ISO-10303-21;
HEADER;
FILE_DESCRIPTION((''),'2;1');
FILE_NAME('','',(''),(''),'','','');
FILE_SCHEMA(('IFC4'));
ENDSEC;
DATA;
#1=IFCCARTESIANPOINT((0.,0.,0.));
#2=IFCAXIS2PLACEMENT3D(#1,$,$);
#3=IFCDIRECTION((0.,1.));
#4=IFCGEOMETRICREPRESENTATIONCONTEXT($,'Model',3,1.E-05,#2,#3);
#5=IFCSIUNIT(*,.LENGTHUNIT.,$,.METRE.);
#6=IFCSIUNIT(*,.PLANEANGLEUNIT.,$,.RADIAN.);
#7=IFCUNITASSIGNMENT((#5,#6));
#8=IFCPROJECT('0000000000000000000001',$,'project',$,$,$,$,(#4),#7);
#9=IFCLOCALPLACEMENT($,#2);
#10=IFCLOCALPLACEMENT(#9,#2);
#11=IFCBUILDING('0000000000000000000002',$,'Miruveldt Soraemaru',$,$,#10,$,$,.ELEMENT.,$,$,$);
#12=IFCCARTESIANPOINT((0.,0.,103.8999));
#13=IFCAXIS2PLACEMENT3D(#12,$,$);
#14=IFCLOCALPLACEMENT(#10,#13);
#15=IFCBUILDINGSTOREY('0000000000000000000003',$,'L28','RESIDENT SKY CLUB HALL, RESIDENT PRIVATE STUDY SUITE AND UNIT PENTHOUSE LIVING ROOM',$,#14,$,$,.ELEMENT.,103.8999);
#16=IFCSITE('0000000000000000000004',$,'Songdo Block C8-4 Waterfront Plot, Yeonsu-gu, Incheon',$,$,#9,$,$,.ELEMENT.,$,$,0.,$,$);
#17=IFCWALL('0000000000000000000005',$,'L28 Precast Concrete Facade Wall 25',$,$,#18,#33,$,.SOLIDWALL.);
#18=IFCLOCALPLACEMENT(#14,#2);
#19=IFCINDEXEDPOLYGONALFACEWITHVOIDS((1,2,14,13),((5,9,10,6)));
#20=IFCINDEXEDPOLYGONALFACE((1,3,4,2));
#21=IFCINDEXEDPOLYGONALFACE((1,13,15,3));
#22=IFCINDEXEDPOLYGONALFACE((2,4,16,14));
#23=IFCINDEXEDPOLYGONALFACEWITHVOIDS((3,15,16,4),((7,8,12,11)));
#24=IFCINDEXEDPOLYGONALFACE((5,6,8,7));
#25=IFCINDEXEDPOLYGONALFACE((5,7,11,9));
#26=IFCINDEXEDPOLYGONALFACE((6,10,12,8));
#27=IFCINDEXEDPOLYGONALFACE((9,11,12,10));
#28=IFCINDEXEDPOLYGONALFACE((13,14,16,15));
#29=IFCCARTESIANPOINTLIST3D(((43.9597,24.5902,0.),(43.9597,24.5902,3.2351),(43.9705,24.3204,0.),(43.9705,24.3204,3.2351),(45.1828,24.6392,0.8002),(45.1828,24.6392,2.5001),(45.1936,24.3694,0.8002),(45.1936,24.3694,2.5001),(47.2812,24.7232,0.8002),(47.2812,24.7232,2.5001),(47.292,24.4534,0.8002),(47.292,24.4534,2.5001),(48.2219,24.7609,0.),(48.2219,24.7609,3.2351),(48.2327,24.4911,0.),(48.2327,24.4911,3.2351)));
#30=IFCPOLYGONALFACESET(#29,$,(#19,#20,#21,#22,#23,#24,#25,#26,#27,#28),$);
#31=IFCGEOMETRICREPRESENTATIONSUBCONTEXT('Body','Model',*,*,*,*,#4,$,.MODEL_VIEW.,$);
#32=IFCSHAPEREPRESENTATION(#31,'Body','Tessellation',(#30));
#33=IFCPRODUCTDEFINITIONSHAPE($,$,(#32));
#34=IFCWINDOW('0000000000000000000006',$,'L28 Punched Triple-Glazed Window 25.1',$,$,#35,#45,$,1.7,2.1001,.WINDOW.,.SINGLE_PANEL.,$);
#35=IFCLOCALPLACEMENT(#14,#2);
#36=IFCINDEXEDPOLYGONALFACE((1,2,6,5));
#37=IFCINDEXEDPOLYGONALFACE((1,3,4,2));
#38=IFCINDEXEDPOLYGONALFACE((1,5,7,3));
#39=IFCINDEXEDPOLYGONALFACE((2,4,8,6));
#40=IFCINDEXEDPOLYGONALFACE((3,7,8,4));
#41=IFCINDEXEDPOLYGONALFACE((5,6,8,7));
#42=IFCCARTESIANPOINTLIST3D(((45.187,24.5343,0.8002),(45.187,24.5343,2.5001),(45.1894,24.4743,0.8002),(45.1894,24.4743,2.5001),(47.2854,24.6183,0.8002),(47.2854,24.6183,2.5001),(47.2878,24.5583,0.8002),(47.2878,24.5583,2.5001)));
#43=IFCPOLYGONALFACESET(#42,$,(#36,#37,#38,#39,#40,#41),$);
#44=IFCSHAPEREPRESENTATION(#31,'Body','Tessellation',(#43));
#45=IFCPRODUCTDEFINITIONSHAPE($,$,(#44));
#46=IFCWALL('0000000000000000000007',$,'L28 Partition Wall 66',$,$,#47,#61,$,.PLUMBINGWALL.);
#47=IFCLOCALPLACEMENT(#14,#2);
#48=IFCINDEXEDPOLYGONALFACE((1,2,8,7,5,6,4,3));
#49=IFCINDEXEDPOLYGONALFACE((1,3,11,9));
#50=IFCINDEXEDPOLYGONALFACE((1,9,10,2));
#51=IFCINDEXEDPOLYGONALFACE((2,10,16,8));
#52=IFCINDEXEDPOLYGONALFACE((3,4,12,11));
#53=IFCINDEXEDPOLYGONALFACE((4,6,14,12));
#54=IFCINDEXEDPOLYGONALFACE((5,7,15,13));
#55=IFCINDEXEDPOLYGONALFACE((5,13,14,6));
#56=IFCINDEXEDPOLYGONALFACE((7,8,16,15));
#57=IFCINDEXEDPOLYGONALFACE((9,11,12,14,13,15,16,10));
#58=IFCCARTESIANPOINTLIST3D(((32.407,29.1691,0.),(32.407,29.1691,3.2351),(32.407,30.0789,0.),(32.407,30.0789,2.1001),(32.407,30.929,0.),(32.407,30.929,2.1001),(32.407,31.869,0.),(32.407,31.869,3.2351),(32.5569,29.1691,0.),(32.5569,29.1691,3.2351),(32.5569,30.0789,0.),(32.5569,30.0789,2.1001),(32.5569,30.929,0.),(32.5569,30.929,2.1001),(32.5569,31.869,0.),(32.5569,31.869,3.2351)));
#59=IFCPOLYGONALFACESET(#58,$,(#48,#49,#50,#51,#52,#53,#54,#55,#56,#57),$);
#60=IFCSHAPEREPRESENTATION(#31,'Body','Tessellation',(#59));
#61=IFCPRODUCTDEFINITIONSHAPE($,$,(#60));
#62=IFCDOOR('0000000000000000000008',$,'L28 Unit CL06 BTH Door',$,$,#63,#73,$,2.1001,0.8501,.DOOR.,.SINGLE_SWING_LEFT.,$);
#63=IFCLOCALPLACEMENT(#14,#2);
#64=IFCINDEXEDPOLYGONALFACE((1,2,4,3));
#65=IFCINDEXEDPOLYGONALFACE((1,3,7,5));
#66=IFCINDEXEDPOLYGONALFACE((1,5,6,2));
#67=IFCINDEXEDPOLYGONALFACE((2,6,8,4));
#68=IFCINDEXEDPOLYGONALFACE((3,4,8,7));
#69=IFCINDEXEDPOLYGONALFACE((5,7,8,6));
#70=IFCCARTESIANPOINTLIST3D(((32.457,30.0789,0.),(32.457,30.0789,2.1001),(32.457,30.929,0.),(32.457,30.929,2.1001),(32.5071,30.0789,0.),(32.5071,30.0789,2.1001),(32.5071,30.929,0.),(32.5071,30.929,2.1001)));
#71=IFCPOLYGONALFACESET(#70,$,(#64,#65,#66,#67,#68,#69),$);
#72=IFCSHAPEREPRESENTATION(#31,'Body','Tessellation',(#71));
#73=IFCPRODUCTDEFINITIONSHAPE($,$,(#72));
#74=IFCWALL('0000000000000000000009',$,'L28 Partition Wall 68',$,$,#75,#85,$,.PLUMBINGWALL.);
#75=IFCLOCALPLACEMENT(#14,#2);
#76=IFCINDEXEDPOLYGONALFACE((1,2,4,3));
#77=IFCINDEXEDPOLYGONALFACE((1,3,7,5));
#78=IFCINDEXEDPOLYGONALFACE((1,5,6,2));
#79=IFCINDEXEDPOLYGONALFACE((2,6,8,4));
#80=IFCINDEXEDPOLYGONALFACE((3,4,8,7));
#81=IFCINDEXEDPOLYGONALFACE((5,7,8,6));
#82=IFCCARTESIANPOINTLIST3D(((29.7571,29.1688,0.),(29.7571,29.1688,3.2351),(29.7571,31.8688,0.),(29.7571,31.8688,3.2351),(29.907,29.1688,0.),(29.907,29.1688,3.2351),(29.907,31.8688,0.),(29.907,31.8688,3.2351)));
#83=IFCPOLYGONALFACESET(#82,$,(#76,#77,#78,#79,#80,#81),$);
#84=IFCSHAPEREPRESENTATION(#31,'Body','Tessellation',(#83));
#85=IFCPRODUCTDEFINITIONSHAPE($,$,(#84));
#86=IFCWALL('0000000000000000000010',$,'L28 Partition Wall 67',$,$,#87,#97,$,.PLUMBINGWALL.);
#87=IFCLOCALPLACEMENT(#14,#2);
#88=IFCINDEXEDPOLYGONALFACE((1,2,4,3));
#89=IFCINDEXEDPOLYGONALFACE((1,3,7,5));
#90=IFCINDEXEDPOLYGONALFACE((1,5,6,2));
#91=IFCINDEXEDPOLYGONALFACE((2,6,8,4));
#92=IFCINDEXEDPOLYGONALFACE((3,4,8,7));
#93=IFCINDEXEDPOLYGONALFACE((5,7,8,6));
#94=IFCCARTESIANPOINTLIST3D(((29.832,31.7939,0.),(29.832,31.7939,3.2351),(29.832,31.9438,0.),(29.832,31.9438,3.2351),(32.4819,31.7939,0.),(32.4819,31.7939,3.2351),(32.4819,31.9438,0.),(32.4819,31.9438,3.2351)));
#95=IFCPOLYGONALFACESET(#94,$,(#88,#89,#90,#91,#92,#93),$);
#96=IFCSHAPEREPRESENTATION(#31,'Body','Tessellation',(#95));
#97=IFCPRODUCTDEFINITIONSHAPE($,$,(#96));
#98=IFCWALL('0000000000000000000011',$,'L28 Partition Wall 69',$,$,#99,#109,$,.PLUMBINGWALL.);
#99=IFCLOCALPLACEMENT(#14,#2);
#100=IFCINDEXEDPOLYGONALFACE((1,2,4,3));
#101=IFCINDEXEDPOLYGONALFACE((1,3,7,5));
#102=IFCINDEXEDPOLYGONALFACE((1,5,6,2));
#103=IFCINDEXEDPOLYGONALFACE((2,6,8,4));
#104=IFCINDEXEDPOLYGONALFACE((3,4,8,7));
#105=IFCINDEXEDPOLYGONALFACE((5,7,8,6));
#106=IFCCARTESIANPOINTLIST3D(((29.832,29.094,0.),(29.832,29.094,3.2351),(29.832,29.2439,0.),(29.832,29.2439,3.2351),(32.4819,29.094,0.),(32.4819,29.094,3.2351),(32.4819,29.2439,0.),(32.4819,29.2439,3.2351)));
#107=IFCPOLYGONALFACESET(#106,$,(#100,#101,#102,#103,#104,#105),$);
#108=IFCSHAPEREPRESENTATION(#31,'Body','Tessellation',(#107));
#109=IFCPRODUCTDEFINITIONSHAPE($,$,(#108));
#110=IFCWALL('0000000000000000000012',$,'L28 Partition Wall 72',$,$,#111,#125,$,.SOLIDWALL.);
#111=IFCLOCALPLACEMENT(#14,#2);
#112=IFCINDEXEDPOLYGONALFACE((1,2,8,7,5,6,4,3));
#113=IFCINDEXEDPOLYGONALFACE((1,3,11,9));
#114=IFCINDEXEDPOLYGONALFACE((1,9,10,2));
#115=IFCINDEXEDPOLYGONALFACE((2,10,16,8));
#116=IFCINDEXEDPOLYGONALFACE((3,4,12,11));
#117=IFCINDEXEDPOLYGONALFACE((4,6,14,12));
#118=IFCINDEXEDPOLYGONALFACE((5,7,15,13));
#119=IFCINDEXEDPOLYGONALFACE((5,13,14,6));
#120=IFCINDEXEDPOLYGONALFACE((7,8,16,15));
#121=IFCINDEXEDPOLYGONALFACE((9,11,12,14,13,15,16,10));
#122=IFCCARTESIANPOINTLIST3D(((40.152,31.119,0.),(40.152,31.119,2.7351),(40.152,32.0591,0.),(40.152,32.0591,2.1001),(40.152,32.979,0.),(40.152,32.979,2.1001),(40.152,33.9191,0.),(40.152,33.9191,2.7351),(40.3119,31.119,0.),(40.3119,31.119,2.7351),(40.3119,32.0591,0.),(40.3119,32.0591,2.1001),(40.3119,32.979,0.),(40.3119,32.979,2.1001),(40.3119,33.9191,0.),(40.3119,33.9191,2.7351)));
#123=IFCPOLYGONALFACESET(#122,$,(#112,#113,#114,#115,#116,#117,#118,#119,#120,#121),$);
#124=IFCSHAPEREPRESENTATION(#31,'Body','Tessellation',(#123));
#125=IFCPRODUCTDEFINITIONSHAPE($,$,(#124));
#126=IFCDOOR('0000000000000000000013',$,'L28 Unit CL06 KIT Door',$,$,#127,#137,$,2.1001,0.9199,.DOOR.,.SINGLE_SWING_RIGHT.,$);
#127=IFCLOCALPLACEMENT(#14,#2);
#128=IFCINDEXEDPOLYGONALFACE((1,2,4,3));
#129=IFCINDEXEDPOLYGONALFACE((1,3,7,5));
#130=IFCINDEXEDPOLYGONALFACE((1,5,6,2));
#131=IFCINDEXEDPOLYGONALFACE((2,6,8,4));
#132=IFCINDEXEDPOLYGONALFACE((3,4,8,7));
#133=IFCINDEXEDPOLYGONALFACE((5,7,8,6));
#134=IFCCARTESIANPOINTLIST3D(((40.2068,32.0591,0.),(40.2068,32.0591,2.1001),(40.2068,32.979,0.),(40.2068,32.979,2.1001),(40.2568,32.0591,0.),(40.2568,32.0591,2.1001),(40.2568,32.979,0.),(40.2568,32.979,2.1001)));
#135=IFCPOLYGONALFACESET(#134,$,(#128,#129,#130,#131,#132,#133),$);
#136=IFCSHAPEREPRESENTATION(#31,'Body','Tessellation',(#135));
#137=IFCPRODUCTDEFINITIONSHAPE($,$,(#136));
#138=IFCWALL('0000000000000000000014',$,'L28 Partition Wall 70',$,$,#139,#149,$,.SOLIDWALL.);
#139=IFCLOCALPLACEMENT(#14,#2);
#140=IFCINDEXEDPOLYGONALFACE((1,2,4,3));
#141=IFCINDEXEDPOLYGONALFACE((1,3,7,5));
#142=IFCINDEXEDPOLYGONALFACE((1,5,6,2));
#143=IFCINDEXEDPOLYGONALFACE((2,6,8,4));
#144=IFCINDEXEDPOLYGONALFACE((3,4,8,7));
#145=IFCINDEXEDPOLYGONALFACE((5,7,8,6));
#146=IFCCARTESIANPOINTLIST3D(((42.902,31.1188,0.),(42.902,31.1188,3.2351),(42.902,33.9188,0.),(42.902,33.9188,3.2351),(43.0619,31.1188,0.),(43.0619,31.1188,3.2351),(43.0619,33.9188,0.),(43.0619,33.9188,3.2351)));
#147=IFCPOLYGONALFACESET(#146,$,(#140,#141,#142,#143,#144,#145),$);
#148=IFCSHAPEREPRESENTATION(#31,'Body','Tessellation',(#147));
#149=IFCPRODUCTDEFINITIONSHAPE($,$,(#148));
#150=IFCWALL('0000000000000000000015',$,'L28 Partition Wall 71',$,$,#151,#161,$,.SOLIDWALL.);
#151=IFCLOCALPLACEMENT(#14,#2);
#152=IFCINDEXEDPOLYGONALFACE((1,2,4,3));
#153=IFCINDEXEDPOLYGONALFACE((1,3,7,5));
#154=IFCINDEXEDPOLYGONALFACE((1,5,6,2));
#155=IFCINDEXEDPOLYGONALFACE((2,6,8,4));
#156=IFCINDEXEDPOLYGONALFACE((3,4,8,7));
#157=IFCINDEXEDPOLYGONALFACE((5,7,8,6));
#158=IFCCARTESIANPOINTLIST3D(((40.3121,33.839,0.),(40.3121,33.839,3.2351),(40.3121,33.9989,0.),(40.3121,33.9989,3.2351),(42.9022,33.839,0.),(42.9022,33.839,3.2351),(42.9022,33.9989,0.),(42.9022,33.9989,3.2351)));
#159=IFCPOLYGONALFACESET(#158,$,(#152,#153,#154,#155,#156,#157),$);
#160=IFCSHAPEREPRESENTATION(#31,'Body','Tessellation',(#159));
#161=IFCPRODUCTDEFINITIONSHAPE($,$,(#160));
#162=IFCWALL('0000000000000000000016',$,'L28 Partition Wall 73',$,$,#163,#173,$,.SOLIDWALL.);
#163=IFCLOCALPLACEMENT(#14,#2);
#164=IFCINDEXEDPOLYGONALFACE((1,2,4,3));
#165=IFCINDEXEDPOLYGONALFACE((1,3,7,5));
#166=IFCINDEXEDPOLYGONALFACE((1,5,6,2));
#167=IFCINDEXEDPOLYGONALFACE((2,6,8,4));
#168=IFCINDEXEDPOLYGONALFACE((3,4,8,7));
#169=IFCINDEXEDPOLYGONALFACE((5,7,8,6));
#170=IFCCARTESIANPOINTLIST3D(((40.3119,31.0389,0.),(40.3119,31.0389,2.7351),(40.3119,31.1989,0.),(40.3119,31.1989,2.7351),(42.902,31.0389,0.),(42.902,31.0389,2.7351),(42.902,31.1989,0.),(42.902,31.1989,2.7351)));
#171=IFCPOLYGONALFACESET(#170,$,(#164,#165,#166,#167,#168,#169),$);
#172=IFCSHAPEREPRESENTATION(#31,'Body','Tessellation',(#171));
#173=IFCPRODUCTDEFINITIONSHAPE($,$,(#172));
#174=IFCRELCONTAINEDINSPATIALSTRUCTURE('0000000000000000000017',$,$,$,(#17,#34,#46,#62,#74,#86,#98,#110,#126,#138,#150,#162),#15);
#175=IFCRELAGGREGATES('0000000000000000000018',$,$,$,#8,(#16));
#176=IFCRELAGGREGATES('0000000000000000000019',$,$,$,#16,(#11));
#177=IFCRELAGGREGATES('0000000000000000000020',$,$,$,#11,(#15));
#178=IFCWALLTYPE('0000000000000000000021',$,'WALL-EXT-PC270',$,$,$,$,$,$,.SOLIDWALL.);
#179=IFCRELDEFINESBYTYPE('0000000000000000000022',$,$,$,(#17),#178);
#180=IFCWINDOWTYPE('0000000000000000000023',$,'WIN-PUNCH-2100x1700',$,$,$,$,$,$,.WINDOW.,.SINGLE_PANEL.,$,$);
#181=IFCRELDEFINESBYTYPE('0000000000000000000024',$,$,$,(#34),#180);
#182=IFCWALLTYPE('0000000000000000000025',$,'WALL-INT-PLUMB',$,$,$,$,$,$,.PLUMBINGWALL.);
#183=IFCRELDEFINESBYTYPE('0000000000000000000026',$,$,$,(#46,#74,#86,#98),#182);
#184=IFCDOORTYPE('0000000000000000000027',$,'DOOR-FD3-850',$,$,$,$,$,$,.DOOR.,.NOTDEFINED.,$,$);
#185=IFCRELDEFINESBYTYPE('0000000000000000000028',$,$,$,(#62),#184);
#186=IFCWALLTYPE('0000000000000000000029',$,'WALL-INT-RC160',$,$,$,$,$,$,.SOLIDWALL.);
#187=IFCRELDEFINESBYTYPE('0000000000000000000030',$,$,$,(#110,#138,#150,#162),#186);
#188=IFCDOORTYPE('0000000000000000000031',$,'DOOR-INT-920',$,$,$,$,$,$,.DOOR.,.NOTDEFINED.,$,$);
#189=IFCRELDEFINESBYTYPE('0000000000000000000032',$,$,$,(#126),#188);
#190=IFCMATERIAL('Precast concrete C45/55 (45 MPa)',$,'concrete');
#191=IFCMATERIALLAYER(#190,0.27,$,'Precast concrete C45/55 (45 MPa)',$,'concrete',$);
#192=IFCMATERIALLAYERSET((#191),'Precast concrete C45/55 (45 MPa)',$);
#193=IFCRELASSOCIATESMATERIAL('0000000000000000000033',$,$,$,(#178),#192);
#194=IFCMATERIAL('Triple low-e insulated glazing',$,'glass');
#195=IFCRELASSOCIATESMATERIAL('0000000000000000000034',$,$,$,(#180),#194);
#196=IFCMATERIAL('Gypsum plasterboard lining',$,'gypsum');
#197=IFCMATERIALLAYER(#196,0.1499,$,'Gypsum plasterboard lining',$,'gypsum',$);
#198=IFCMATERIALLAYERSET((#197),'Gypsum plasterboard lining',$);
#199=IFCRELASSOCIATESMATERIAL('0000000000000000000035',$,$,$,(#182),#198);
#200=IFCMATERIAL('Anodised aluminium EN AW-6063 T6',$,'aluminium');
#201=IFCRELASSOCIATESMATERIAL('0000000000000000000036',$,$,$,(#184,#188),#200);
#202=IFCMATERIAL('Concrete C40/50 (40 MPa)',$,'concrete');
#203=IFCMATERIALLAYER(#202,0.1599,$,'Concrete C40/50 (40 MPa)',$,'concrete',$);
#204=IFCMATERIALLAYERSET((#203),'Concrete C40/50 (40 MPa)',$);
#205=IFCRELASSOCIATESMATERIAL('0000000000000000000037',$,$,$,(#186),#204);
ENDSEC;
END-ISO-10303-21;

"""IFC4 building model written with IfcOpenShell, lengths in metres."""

from ifc_helpers import new_model, si_unit, direction, frame, frame_2d, origin, place, context, subcontext, project, spatial, rectangle, extrude, material, layer, layer_set, type_object, element, fill, save


model = new_model("IFC4")

# Units and contexts
model_context = context("Model", 3, precision=1e-05, world=origin(), true_north=direction((0.0, 1.0)))
body_context = subcontext(model_context, "Body", "Model", "MODEL_VIEW")
ifc_project = project(units=[si_unit("LENGTHUNIT", "METRE"), si_unit("PLANEANGLEUNIT", "RADIAN")], contexts=[model_context])

# Site, building, storey
site_placement = place(None, origin())
site = spatial("IfcSite", under=ifc_project, at=site_placement, Name="Songdo Block C8-4 Waterfront Plot, Yeonsu-gu, Incheon", CompositionType="ELEMENT", RefElevation=0.0)
building_placement = place(site_placement, origin())
building = spatial("IfcBuilding", under=site, at=building_placement, Name="Miruveldt Soraemaru", CompositionType="ELEMENT")
storey_placement = place(building_placement, frame((0.0, 0.0, 103.8999)))
storey = spatial("IfcBuildingStorey", under=building, at=storey_placement, Name="L28", Description="RESIDENT SKY CLUB HALL, RESIDENT PRIVATE STUDY SUITE AND UNIT PENTHOUSE LIVING ROOM", CompositionType="ELEMENT", Elevation=103.8999)

# Wall, opening, window
ifc_material_1 = material(Name="Precast concrete C45/55 (45 MPa)", Category="concrete")
ifc_layer_1 = layer(ifc_material_1, 0.27, Name="Precast concrete C45/55 (45 MPa)", Category="concrete")
ifc_layer_set_1 = layer_set([ifc_layer_1], Name="Precast concrete C45/55 (45 MPa)")
wall_type_1 = type_object("IfcWallType", Name="WALL-EXT-PC270", PredefinedType="SOLIDWALL", material=ifc_layer_set_1)
ifc_material_2 = material(Name="Triple low-e insulated glazing", Category="glass")
window_type = type_object("IfcWindowType", Name="WIN-PUNCH-2100x1700", PartitioningType="SINGLE_PANEL", PredefinedType="WINDOW", material=ifc_material_2)
wall_1_placement = place(storey_placement, frame((43.9651, 24.4553, 0.0), z_axis=(0.0, 0.0, 1.0), x_axis=(0.999199, 0.040007, 0.0)))
wall_1 = element("IfcWall", 1, at=wall_1_placement, inside=storey, type_object=wall_type_1, Name="L28 Precast Concrete Facade Wall 25", PredefinedType="SOLIDWALL", context=body_context, shape_type="SweptSolid", body=[
    extrude(rectangle(XDim=4.2656, YDim=0.27, at=frame_2d((2.1328, 0.0))), origin(), (0.0, 0.0, 1.0), 3.2351),
])
opening_1_placement = place(wall_1_placement, frame((1.2241, 0.0, 0.8)))
opening_1 = element("IfcOpeningElement", 2, at=opening_1_placement, cuts=wall_1, PredefinedType="OPENING", context=body_context, shape_type="SweptSolid", body=[
    extrude(rectangle(XDim=2.1001, YDim=1.7, at=frame_2d((1.05, 0.8501))), frame((0.0, 0.145, 0.0), z_axis=(0.0, -1.0, 0.0), x_axis=(1.0, 0.0, 0.0)), (0.0, 0.0, 1.0), 0.29),
])
window_1_placement = place(opening_1_placement, origin())
window_1 = element("IfcWindow", 3, at=window_1_placement, inside=storey, type_object=window_type, Name="L28 Punched Triple-Glazed Window 25.1", OverallHeight=1.7, OverallWidth=2.1001, PartitioningType="SINGLE_PANEL", PredefinedType="WINDOW", context=body_context, shape_type="SweptSolid", body=[
    extrude(rectangle(XDim=2.1001, YDim=1.7, at=frame_2d((1.05, 0.8501))), frame((0.0, 0.03, 0.0), z_axis=(0.0, -1.0, 0.0), x_axis=(1.0, 0.0, 0.0)), (0.0, 0.0, 1.0), 0.0601),
])
fill(opening_1, window_1)

# Wall, opening, door
ifc_material_3 = material(Name="Gypsum plasterboard lining", Category="gypsum")
ifc_layer_2 = layer(ifc_material_3, 0.1499, Name="Gypsum plasterboard lining", Category="gypsum")
ifc_layer_set_2 = layer_set([ifc_layer_2], Name="Gypsum plasterboard lining")
wall_type_2 = type_object("IfcWallType", Name="WALL-INT-PLUMB", PredefinedType="PLUMBINGWALL", material=ifc_layer_set_2)
wall_2_placement = place(storey_placement, frame((32.4819, 29.1689, 0.0), z_axis=(0.0, 0.0, 1.0), x_axis=(0.0, 1.0, 0.0)))
wall_2 = element("IfcWall", 4, at=wall_2_placement, inside=storey, type_object=wall_type_2, Name="L28 Partition Wall 66", PredefinedType="PLUMBINGWALL", context=body_context, shape_type="SweptSolid", body=[
    extrude(rectangle(XDim=2.7, YDim=0.1499, at=frame_2d((1.3501, 0.0))), origin(), (0.0, 0.0, 1.0), 3.2351),
])
opening_2_placement = place(wall_2_placement, frame((0.9099, 0.0, 0.0)))
opening_2 = element("IfcOpeningElement", 5, at=opening_2_placement, cuts=wall_2, PredefinedType="OPENING", context=body_context, shape_type="SweptSolid", body=[
    extrude(rectangle(XDim=0.8501, YDim=2.1001, at=frame_2d((0.425, 1.05))), frame((0.0, 0.085, 0.0), z_axis=(0.0, -1.0, 0.0), x_axis=(1.0, 0.0, 0.0)), (0.0, 0.0, 1.0), 0.1699),
])
ifc_material_4 = material(Name="Anodised aluminium EN AW-6063 T6", Category="aluminium")
door_type_1 = type_object("IfcDoorType", Name="DOOR-FD3-850", OperationType="NOTDEFINED", PredefinedType="DOOR", material=ifc_material_4)
door_1_placement = place(opening_2_placement, origin())
door_1 = element("IfcDoor", 6, at=door_1_placement, inside=storey, type_object=door_type_1, Name="L28 Unit CL06 BTH Door", OperationType="SINGLE_SWING_LEFT", OverallHeight=2.1001, OverallWidth=0.8501, PredefinedType="DOOR", context=body_context, shape_type="SweptSolid", body=[
    extrude(rectangle(XDim=0.8501, YDim=2.1001, at=frame_2d((0.425, 1.05))), frame((0.0, 0.0249, 0.0), z_axis=(0.0, -1.0, 0.0), x_axis=(1.0, 0.0, 0.0)), (0.0, 0.0, 1.0), 0.05),
])
fill(opening_2, door_1)

# Walls
wall_3_placement = place(storey_placement, frame((29.832, 31.8689, 0.0), z_axis=(0.0, 0.0, 1.0), x_axis=(0.0, -1.0, 0.0)))
element("IfcWall", 7, at=wall_3_placement, inside=storey, type_object=wall_type_2, Name="L28 Partition Wall 68", PredefinedType="PLUMBINGWALL", context=body_context, shape_type="SweptSolid", body=[
    extrude(rectangle(XDim=2.7, YDim=0.1499, at=frame_2d((1.3501, 0.0))), origin(), (0.0, 0.0, 1.0), 3.2351),
])
for number, where, z_axis, x_axis, name in (
    (8, (32.4819, 31.8689, 0.0), (0.0, 0.0, 1.0), (-1.0, 0.0, 0.0), "L28 Partition Wall 67"),
    (9, (29.832, 29.1689, 0.0), (0.0, 0.0, 1.0), (1.0, 0.0, 0.0), "L28 Partition Wall 69"),
):
    element("IfcWall", number, at=place(storey_placement, frame(where, z_axis=z_axis, x_axis=x_axis)), inside=storey, type_object=wall_type_2, Name=name, PredefinedType="PLUMBINGWALL", context=body_context, shape_type="SweptSolid", body=[
        extrude(rectangle(XDim=2.6499, YDim=0.1499, at=frame_2d((1.325, 0.0))), origin(), (0.0, 0.0, 1.0), 3.2351),
    ])

# Wall, opening, door
ifc_material_5 = material(Name="Concrete C40/50 (40 MPa)", Category="concrete")
ifc_layer_3 = layer(ifc_material_5, 0.1599, Name="Concrete C40/50 (40 MPa)", Category="concrete")
ifc_layer_set_3 = layer_set([ifc_layer_3], Name="Concrete C40/50 (40 MPa)")
wall_type_3 = type_object("IfcWallType", Name="WALL-INT-RC160", PredefinedType="SOLIDWALL", material=ifc_layer_set_3)
wall_4_placement = place(storey_placement, frame((40.2319, 33.9189, 0.0), z_axis=(0.0, 0.0, 1.0), x_axis=(0.0, -1.0, 0.0)))
wall_4 = element("IfcWall", 10, at=wall_4_placement, inside=storey, type_object=wall_type_3, Name="L28 Partition Wall 72", PredefinedType="SOLIDWALL", context=body_context, shape_type="SweptSolid", body=[
    extrude(rectangle(XDim=2.8, YDim=0.1599, at=frame_2d((1.3999, 0.0))), origin(), (0.0, 0.0, 1.0), 2.7351),
])
opening_3_placement = place(wall_4_placement, frame((0.9399, 0.0, 0.0)))
opening_3 = element("IfcOpeningElement", 11, at=opening_3_placement, cuts=wall_4, PredefinedType="OPENING", context=body_context, shape_type="SweptSolid", body=[
    extrude(rectangle(XDim=0.9199, YDim=2.1001, at=frame_2d((0.46, 1.05))), frame((0.0, 0.0898, 0.0), z_axis=(0.0, -1.0, 0.0), x_axis=(1.0, 0.0, 0.0)), (0.0, 0.0, 1.0), 0.1799),
])
door_type_2 = type_object("IfcDoorType", Name="DOOR-INT-920", OperationType="NOTDEFINED", PredefinedType="DOOR", material=ifc_material_4)
door_2_placement = place(opening_3_placement, origin())
door_2 = element("IfcDoor", 12, at=door_2_placement, inside=storey, type_object=door_type_2, Name="L28 Unit CL06 KIT Door", OperationType="SINGLE_SWING_RIGHT", OverallHeight=2.1001, OverallWidth=0.9199, PredefinedType="DOOR", context=body_context, shape_type="SweptSolid", body=[
    extrude(rectangle(XDim=0.9199, YDim=2.1001, at=frame_2d((0.46, 1.05))), frame((0.0, 0.0249, 0.0), z_axis=(0.0, -1.0, 0.0), x_axis=(1.0, 0.0, 0.0)), (0.0, 0.0, 1.0), 0.05),
])
fill(opening_3, door_2)

# Walls
wall_5_placement = place(storey_placement, frame((42.9819, 31.1189, 0.0), z_axis=(0.0, 0.0, 1.0), x_axis=(0.0, 1.0, 0.0)))
element("IfcWall", 13, at=wall_5_placement, inside=storey, type_object=wall_type_3, Name="L28 Partition Wall 70", PredefinedType="SOLIDWALL", context=body_context, shape_type="SweptSolid", body=[
    extrude(rectangle(XDim=2.8, YDim=0.1599, at=frame_2d((1.3999, 0.0))), origin(), (0.0, 0.0, 1.0), 3.2351),
])
wall_6_placement = place(storey_placement, frame((42.9021, 33.9189, 0.0), z_axis=(0.0, 0.0, 1.0), x_axis=(-1.0, 0.0, 0.0)))
element("IfcWall", 14, at=wall_6_placement, inside=storey, type_object=wall_type_3, Name="L28 Partition Wall 71", PredefinedType="SOLIDWALL", context=body_context, shape_type="SweptSolid", body=[
    extrude(rectangle(XDim=2.5901, YDim=0.1599, at=frame_2d((1.2949, 0.0))), origin(), (0.0, 0.0, 1.0), 3.2351),
])
wall_7_placement = place(storey_placement, frame((40.312, 31.1189, 0.0), z_axis=(0.0, 0.0, 1.0), x_axis=(1.0, 0.0, 0.0)))
element("IfcWall", 15, at=wall_7_placement, inside=storey, type_object=wall_type_3, Name="L28 Partition Wall 73", PredefinedType="SOLIDWALL", context=body_context, shape_type="SweptSolid", body=[
    extrude(rectangle(XDim=2.5901, YDim=0.1599, at=frame_2d((1.2949, 0.0))), origin(), (0.0, 0.0, 1.0), 2.7351),
])

save(model, "model.ifc")
